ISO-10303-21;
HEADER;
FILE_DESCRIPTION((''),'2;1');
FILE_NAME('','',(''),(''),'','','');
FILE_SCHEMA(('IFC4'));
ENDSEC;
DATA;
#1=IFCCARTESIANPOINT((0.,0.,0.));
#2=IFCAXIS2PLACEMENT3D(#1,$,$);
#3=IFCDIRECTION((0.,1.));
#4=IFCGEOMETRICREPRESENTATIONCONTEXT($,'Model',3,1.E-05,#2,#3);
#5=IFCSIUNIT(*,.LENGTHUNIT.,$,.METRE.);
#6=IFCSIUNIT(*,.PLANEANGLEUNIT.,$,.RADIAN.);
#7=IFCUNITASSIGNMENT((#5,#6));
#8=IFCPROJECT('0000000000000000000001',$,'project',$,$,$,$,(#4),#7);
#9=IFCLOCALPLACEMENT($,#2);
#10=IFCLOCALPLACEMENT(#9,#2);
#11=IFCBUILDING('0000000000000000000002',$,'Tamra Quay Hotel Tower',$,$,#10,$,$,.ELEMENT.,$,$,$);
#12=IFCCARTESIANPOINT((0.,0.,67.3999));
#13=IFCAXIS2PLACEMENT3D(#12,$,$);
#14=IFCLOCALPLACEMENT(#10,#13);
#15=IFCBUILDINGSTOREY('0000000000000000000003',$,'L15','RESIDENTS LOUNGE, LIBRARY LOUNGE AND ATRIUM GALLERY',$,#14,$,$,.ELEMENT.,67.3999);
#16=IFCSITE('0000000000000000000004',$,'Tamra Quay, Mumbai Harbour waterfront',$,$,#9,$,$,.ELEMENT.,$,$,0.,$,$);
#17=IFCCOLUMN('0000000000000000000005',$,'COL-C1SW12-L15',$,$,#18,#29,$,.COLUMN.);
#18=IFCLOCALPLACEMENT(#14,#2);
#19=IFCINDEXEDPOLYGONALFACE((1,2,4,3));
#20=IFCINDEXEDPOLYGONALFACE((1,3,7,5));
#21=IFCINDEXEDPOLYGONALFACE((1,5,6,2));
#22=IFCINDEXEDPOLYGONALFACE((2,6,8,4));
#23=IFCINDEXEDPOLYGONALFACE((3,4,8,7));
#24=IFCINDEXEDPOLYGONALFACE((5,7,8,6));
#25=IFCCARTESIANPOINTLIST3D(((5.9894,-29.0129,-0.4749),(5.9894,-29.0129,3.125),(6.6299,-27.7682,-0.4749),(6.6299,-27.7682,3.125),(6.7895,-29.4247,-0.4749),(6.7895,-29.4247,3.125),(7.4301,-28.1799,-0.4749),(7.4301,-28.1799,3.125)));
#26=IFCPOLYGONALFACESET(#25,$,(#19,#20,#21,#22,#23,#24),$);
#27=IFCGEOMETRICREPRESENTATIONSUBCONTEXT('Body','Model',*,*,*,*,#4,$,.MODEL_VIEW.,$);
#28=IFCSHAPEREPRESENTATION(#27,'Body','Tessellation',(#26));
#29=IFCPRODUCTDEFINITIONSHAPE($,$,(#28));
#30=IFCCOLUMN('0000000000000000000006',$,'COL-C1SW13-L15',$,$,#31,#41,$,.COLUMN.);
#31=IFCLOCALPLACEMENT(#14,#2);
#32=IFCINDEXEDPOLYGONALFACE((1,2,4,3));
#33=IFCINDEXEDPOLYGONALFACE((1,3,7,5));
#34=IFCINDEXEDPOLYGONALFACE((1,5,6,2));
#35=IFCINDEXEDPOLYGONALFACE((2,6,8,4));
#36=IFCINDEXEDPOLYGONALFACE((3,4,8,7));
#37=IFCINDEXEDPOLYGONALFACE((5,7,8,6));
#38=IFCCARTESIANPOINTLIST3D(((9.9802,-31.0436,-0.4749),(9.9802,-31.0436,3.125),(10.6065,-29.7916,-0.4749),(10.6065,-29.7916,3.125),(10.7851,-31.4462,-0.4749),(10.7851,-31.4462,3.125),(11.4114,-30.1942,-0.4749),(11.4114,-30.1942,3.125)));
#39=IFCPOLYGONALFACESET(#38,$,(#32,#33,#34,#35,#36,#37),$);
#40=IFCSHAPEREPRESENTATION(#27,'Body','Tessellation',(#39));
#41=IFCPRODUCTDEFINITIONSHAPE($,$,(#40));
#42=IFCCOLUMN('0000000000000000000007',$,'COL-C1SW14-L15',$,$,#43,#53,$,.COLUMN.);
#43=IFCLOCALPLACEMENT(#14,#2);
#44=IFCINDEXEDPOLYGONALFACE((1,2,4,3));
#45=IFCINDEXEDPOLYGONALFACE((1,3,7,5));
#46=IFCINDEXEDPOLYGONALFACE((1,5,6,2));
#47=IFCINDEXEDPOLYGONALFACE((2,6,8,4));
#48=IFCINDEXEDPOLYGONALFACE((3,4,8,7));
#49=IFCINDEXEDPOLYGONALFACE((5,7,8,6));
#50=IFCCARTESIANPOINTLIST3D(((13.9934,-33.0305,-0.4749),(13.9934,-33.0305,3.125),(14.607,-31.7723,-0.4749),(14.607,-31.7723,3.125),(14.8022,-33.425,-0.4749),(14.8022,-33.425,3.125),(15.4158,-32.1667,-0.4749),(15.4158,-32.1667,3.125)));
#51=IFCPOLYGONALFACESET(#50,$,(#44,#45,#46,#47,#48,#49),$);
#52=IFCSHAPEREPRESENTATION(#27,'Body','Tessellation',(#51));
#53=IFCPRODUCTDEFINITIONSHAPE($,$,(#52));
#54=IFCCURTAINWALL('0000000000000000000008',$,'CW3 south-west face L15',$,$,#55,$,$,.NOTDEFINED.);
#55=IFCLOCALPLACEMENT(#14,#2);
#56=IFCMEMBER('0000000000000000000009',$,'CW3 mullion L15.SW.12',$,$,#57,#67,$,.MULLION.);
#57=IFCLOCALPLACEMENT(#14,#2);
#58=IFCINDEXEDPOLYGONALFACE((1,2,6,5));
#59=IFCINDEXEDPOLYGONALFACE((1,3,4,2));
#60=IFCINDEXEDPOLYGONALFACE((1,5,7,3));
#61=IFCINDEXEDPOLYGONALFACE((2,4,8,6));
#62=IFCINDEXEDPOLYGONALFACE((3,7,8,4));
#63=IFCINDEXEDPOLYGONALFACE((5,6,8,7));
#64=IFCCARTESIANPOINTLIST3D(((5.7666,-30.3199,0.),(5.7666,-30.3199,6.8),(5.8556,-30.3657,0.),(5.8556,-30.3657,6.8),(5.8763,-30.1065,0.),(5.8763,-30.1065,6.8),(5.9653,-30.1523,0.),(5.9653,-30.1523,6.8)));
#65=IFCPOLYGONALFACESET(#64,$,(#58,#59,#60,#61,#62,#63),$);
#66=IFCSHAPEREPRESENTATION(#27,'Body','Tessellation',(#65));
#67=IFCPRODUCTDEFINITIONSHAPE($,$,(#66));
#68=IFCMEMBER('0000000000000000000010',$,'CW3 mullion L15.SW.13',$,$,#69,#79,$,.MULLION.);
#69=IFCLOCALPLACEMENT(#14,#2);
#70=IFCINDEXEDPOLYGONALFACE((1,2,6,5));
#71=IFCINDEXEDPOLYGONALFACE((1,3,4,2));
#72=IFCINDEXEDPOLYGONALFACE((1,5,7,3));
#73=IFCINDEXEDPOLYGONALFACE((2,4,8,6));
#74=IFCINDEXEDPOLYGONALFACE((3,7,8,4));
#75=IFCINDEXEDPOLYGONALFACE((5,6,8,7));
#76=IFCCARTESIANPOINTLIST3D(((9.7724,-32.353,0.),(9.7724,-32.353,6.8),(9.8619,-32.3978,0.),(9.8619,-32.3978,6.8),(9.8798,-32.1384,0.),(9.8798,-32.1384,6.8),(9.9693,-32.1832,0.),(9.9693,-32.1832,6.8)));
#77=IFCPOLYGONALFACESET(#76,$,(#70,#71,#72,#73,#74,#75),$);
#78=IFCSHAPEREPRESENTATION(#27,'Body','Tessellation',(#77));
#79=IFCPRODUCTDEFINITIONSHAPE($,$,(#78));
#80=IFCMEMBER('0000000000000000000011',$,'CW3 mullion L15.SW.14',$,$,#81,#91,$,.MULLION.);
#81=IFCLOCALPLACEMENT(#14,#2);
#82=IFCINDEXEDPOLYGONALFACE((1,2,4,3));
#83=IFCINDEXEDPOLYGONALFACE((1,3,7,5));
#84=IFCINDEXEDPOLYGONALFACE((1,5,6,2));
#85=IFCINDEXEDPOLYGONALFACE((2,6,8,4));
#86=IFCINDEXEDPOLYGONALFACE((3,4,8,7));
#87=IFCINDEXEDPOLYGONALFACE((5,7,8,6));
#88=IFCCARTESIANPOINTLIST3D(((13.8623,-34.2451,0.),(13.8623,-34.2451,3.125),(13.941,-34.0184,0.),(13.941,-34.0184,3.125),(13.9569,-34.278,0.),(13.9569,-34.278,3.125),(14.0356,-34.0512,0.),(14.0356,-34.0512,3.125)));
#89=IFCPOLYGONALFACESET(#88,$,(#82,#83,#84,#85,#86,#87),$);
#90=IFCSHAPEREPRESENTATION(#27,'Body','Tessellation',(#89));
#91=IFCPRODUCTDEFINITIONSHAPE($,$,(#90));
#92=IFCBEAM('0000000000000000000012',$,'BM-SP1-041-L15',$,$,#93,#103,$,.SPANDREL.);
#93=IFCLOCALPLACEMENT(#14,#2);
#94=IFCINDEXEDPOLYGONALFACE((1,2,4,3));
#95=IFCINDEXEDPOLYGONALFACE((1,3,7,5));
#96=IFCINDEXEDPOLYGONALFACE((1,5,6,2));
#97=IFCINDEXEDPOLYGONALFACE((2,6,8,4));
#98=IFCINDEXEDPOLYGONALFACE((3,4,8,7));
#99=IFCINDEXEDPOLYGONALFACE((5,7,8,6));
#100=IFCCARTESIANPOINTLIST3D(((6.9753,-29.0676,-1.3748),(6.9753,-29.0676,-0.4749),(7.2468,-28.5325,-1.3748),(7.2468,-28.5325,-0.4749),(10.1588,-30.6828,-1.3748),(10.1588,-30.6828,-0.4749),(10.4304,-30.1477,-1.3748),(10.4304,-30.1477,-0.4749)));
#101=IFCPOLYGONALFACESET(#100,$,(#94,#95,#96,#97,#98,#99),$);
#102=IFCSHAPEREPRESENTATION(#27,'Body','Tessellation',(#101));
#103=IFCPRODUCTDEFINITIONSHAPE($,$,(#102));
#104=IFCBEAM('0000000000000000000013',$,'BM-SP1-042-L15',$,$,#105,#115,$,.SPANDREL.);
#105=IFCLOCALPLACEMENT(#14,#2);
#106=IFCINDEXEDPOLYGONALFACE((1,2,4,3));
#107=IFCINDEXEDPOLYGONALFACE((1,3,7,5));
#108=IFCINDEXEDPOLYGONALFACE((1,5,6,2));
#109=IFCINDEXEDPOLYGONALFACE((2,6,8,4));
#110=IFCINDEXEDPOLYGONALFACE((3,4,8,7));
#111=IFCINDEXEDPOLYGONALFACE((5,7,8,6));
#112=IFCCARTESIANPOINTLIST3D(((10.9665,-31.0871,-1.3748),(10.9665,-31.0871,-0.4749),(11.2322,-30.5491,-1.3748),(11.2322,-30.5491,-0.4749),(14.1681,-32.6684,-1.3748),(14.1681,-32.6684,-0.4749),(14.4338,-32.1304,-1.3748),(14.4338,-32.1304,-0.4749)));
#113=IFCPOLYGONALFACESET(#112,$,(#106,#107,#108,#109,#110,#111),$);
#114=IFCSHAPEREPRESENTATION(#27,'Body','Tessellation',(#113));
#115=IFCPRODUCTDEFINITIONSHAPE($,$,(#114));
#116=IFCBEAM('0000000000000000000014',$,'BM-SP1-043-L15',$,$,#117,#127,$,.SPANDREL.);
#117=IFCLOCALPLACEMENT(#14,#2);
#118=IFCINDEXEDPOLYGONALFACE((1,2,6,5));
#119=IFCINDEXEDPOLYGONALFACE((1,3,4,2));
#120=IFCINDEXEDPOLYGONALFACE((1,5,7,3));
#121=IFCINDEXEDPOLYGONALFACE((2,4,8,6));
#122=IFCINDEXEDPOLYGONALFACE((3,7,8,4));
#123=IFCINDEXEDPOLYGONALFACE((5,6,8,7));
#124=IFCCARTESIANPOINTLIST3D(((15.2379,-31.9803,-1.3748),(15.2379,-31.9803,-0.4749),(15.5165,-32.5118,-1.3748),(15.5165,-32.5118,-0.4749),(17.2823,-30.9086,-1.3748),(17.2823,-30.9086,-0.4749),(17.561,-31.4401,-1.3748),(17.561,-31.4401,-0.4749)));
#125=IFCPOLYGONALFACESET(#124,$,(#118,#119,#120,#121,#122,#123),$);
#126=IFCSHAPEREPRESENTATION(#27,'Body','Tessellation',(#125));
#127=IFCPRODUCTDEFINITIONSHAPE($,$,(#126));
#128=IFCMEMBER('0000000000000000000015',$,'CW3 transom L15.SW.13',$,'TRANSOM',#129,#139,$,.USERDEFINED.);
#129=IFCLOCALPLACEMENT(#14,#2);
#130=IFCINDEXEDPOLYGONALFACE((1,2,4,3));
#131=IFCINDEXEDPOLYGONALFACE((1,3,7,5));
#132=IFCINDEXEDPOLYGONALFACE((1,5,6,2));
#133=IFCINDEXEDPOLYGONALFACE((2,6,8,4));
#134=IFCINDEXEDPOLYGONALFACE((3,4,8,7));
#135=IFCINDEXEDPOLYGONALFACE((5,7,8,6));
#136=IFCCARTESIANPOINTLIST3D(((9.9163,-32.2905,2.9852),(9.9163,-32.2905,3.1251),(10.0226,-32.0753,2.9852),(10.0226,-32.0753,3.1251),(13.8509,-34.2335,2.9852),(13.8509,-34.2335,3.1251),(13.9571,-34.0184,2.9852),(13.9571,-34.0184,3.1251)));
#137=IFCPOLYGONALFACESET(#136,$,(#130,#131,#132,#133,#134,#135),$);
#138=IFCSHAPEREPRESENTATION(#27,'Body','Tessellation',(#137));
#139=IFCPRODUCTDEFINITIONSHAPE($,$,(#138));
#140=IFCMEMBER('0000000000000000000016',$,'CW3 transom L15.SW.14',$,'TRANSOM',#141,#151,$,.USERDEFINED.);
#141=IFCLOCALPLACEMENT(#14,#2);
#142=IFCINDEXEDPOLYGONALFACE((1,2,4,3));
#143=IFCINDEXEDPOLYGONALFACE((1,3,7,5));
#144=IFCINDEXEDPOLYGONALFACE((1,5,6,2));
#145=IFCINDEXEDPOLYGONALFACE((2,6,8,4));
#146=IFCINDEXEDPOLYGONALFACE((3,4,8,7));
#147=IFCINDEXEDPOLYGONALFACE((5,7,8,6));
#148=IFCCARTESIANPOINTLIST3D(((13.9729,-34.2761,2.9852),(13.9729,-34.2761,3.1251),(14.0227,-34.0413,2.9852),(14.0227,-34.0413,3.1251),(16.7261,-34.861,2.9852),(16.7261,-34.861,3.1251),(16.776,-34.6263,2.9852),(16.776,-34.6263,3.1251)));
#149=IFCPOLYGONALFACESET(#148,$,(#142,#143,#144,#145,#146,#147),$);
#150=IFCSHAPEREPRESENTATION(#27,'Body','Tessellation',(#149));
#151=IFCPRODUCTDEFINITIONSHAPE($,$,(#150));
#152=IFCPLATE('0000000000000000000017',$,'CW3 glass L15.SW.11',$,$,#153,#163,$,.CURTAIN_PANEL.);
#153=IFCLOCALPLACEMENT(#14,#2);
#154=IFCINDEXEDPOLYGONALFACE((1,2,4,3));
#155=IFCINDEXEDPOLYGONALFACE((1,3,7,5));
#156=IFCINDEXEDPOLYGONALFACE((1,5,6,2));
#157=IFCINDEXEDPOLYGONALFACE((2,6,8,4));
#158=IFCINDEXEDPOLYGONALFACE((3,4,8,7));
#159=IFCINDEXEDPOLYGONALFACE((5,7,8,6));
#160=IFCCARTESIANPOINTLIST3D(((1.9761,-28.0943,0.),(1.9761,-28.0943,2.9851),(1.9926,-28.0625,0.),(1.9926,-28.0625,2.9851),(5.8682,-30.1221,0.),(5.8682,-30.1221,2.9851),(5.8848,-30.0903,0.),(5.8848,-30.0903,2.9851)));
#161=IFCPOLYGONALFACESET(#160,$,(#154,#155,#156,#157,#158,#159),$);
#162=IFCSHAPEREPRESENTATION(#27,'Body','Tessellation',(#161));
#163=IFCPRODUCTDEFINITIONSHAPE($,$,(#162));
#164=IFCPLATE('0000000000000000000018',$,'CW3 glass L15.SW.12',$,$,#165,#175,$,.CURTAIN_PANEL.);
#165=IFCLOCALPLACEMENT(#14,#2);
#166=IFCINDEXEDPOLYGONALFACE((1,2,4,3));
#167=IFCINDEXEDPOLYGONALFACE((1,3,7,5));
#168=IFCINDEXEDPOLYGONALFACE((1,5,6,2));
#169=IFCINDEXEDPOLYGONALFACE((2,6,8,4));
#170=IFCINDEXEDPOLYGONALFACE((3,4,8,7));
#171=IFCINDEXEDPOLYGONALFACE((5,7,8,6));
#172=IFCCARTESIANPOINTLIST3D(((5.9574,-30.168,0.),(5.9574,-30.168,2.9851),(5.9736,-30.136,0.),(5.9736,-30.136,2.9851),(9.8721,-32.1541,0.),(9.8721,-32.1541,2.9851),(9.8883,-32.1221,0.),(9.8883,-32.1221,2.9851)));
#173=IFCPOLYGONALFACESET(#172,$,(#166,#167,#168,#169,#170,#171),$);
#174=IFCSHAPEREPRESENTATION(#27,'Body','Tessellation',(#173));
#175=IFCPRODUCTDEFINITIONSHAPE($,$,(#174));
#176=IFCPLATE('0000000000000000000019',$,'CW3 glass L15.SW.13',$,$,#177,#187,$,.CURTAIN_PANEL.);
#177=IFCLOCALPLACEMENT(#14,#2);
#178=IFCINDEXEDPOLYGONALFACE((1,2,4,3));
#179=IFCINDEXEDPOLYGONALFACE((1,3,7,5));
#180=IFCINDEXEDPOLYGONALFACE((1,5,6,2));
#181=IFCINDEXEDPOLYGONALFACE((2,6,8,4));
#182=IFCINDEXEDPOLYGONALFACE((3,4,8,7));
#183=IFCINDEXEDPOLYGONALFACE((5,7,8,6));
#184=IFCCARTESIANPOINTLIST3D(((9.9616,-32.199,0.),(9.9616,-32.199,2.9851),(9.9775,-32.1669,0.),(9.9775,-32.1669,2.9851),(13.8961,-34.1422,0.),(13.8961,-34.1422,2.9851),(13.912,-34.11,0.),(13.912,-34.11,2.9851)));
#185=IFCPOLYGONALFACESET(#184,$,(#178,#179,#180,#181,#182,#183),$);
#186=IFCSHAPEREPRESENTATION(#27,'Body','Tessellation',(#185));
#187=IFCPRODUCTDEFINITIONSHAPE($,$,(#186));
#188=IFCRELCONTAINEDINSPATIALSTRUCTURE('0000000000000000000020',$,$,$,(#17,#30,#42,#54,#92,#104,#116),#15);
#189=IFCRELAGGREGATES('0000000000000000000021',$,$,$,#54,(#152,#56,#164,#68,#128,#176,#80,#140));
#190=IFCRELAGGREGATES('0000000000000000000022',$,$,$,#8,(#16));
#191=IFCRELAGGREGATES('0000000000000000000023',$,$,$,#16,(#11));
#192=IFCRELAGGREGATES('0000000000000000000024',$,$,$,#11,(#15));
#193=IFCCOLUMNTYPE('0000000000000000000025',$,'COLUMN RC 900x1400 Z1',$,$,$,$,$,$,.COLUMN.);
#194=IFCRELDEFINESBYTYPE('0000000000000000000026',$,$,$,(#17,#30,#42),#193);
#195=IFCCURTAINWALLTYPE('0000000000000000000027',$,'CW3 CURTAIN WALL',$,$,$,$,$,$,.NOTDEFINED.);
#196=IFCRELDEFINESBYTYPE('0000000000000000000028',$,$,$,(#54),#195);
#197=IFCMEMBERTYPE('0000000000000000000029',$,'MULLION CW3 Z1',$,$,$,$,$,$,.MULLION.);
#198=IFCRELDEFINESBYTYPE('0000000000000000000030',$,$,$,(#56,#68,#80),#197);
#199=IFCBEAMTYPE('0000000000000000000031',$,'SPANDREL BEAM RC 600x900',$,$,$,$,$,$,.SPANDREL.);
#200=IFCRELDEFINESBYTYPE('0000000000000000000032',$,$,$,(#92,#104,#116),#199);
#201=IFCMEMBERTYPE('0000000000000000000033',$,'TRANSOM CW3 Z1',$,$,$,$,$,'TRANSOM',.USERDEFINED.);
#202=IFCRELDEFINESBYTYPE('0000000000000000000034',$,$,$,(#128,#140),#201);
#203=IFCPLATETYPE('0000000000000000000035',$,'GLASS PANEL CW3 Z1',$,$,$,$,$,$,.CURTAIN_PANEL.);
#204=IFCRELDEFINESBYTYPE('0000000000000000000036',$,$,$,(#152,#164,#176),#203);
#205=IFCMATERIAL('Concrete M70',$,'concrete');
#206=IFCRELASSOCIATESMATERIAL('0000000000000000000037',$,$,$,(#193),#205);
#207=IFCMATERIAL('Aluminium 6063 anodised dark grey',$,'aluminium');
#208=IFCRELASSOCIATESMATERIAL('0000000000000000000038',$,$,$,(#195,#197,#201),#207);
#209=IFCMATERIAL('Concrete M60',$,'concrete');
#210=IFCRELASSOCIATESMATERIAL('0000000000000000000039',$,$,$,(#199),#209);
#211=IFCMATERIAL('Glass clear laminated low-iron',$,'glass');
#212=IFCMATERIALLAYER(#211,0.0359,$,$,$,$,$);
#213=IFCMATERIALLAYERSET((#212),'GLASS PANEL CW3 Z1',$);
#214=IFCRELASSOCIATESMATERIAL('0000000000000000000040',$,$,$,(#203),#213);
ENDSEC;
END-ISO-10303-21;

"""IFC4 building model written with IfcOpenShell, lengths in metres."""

from ifc_helpers import new_model, si_unit, direction, frame, origin, origin_2d, place, context, subcontext, project, spatial, rectangle, extrude, material, layer, layer_set, material_profile, profile_set, type_object, element, aggregate, save


model = new_model("IFC4")

# Units and contexts
model_context = context("Model", 3, precision=1e-05, world=origin(), true_north=direction((0.0, 1.0)))
body_context = subcontext(model_context, "Body", "Model", "MODEL_VIEW")
ifc_project = project(units=[si_unit("LENGTHUNIT", "METRE"), si_unit("PLANEANGLEUNIT", "RADIAN")], contexts=[model_context])

# Site, building, storey
site_placement = place(None, origin())
site = spatial("IfcSite", under=ifc_project, at=site_placement, Name="Tamra Quay, Mumbai Harbour waterfront", CompositionType="ELEMENT", RefElevation=0.0)
building_placement = place(site_placement, origin())
building = spatial("IfcBuilding", under=site, at=building_placement, Name="Tamra Quay Hotel Tower", CompositionType="ELEMENT")
storey_placement = place(building_placement, frame((0.0, 0.0, 67.3999)))
storey = spatial("IfcBuildingStorey", under=building, at=storey_placement, Name="L15", Description="RESIDENTS LOUNGE, LIBRARY LOUNGE AND ATRIUM GALLERY", CompositionType="ELEMENT", Elevation=67.3999)

# Columns
ifc_material_1 = material(Name="Concrete M70", Category="concrete")
ifc_material_profile_1 = material_profile(ifc_material_1, rectangle(XDim=1.3999, YDim=0.8999, at=origin_2d()), Name="COLUMN RC 900x1400 Z1")
ifc_profile_set_1 = profile_set([ifc_material_profile_1], Name="Concrete M70")
column_type = type_object("IfcColumnType", Name="COLUMN RC 900x1400 Z1", PredefinedType="COLUMN", material=ifc_profile_set_1)
for number, where, z_axis, x_axis, name in (
    (1, (6.7097, -28.5964, -0.4749), (0.0, 0.0, 1.0), (0.457548, 0.889185, 0.0), "COL-C1SW12-L15"),
    (2, (10.6958, -30.6189, -0.4749), (0.0, 0.0, 1.0), (0.447377, 0.894346, 0.0), "COL-C1SW13-L15"),
    (3, (14.7046, -32.5986, -0.4749), (0.0, 0.0, 1.0), (0.438341, 0.898809, 0.0), "COL-C1SW14-L15"),
):
    element("IfcColumn", number, at=place(storey_placement, frame(where, z_axis=z_axis, x_axis=x_axis)), inside=storey, type_object=column_type, Name=name, PredefinedType="COLUMN", context=body_context, shape_type="SweptSolid", body=[
        extrude(rectangle(XDim=1.3999, YDim=0.8999, at=origin_2d()), origin(), (0.0, 0.0, 1.0), 3.5999),
    ])

# Curtain wall, members
ifc_material_2 = material(Name="Aluminium 6063 anodised dark grey", Category="aluminium")
curtain_wall_type = type_object("IfcCurtainWallType", Name="CW3 CURTAIN WALL", PredefinedType="NOTDEFINED", material=ifc_material_2)
curtain_wall_placement = place(storey_placement, origin())
curtain_wall = element("IfcCurtainWall", 4, at=curtain_wall_placement, inside=storey, type_object=curtain_wall_type, Name="CW3 south-west face L15", PredefinedType="NOTDEFINED")
ifc_material_profile_2 = material_profile(ifc_material_2, rectangle(XDim=0.24, YDim=0.1001, at=origin_2d()), Name="MULLION 100X240")
ifc_profile_set_2 = profile_set([ifc_material_profile_2], Name="Aluminium 6063 anodised dark grey")
member_type_1 = type_object("IfcMemberType", Name="MULLION CW3 Z1", PredefinedType="MULLION", material=ifc_profile_set_2)
member_1_placement = place(storey_placement, frame((5.866, -30.2361, 0.0), z_axis=(0.0, 0.0, 1.0), x_axis=(-0.457254, -0.889336, 0.0)))
member_1 = element("IfcMember", 5, at=member_1_placement, type_object=member_type_1, Name="CW3 mullion L15.SW.12", PredefinedType="MULLION", context=body_context, shape_type="SweptSolid", body=[
    extrude(rectangle(XDim=0.24, YDim=0.1001, at=origin_2d()), origin(), (0.0, 0.0, 1.0), 6.8),
])
member_2_placement = place(storey_placement, frame((9.8708, -32.2681, 0.0), z_axis=(0.0, 0.0, 1.0), x_axis=(-0.447641, -0.894214, 0.0)))
member_2 = element("IfcMember", 6, at=member_2_placement, type_object=member_type_1, Name="CW3 mullion L15.SW.13", PredefinedType="MULLION", context=body_context, shape_type="SweptSolid", body=[
    extrude(rectangle(XDim=0.24, YDim=0.1001, at=origin_2d()), origin(), (0.0, 0.0, 1.0), 6.8),
])
member_3_placement = place(storey_placement, frame((13.949, -34.1482, 0.0), z_axis=(0.0, 0.0, 1.0), x_axis=(-0.327898, -0.944713, 0.0)))
member_3 = element("IfcMember", 7, at=member_3_placement, type_object=member_type_1, Name="CW3 mullion L15.SW.14", PredefinedType="MULLION", context=body_context, shape_type="SweptSolid", body=[
    extrude(rectangle(XDim=0.24, YDim=0.1001, at=origin_2d()), origin(), (0.0, 0.0, 1.0), 3.125),
])

# Beams
ifc_material_3 = material(Name="Concrete M60", Category="concrete")
ifc_material_profile_3 = material_profile(ifc_material_3, rectangle(XDim=0.6001, YDim=0.8999, at=origin_2d()), Name="SPANDREL BEAM RC 600x900")
ifc_profile_set_3 = profile_set([ifc_material_profile_3], Name="Concrete M60")
beam_type = type_object("IfcBeamType", Name="SPANDREL BEAM RC 600x900", PredefinedType="SPANDREL", material=ifc_profile_set_3)
beam_1_placement = place(storey_placement, frame((7.1111, -28.8, -0.9248), z_axis=(0.891786, -0.452458, 0.0), x_axis=(0.452458, 0.891786, 0.0)))
element("IfcBeam", 8, at=beam_1_placement, inside=storey, type_object=beam_type, Name="BM-SP1-041-L15", PredefinedType="SPANDREL", context=body_context, shape_type="SweptSolid", body=[
    extrude(rectangle(XDim=0.6001, YDim=0.8999, at=origin_2d()), origin(), (0.0, 0.0, 1.0), 3.5698),
])
beam_2_placement = place(storey_placement, frame((11.0994, -30.8181, -0.9248), z_axis=(0.896604, -0.442833, 0.0), x_axis=(0.442833, 0.896604, 0.0)))
element("IfcBeam", 9, at=beam_2_placement, inside=storey, type_object=beam_type, Name="BM-SP1-042-L15", PredefinedType="SPANDREL", context=body_context, shape_type="SweptSolid", body=[
    extrude(rectangle(XDim=0.6001, YDim=0.8999, at=origin_2d()), origin(), (0.0, 0.0, 1.0), 3.5708),
])
beam_3_placement = place(storey_placement, frame((15.3772, -32.2461, -0.9248), z_axis=(0.885674, 0.464307, 0.0), x_axis=(-0.464307, 0.885674, 0.0)))
element("IfcBeam", 10, at=beam_3_placement, inside=storey, type_object=beam_type, Name="BM-SP1-043-L15", PredefinedType="SPANDREL", context=body_context, shape_type="SweptSolid", body=[
    extrude(rectangle(XDim=0.6001, YDim=0.8999, at=origin_2d()), origin(), (0.0, 0.0, 1.0), 2.3083),
])

# Members
ifc_material_profile_4 = material_profile(ifc_material_2, rectangle(XDim=0.24, YDim=0.1399, at=origin_2d()), Name="TRANSOM 240X140")
ifc_profile_set_4 = profile_set([ifc_material_profile_4], Name="Aluminium 6063 anodised dark grey")
member_type_2 = type_object("IfcMemberType", Name="TRANSOM CW3 Z1", ElementType="TRANSOM", PredefinedType="USERDEFINED", material=ifc_profile_set_4)
member_4_placement = place(storey_placement, frame((9.9695, -32.1829, 3.0552), z_axis=(0.896619, -0.442802, 0.0), x_axis=(0.442802, 0.896619, 0.0)))
member_4 = element("IfcMember", 11, at=member_4_placement, type_object=member_type_2, Name="CW3 transom L15.SW.13", ObjectType="TRANSOM", PredefinedType="USERDEFINED", context=body_context, shape_type="SweptSolid", body=[
    extrude(rectangle(XDim=0.24, YDim=0.1399, at=origin_2d()), origin(), (0.0, 0.0, 1.0), 4.3882),
])
member_5_placement = place(storey_placement, frame((13.9978, -34.1587, 3.0552), z_axis=(0.978165, -0.207829, 0.0), x_axis=(0.207829, 0.978165, 0.0)))
member_5 = element("IfcMember", 12, at=member_5_placement, type_object=member_type_2, Name="CW3 transom L15.SW.14", ObjectType="TRANSOM", PredefinedType="USERDEFINED", context=body_context, shape_type="SweptSolid", body=[
    extrude(rectangle(XDim=0.24, YDim=0.1399, at=origin_2d()), origin(), (0.0, 0.0, 1.0), 2.8147),
])

# Plates
ifc_material_4 = material(Name="Glass clear laminated low-iron", Category="glass")
ifc_layer_1 = layer(ifc_material_4, 0.0359)
ifc_layer_set_1 = layer_set([ifc_layer_1], Name="GLASS PANEL CW3 Z1")
plate_type = type_object("IfcPlateType", Name="GLASS PANEL CW3 Z1", PredefinedType="CURTAIN_PANEL", material=ifc_layer_set_1)
plate_1_placement = place(storey_placement, frame((3.9304, -29.0923, 0.0), z_axis=(0.0, 0.0, 1.0), x_axis=(0.886857, -0.462045, 0.0)))
plate_1 = element("IfcPlate", 13, at=plate_1_placement, type_object=plate_type, Name="CW3 glass L15.SW.11", PredefinedType="CURTAIN_PANEL", context=body_context, shape_type="SweptSolid", body=[
    extrude(rectangle(XDim=4.3887, YDim=0.0359, at=origin_2d()), origin(), (0.0, 0.0, 1.0), 2.9851),
])
plate_2_placement = place(storey_placement, frame((7.9229, -31.145, 0.0), z_axis=(0.0, 0.0, 1.0), x_axis=(0.89179, -0.45245, 0.0)))
plate_2 = element("IfcPlate", 14, at=plate_2_placement, type_object=plate_type, Name="CW3 glass L15.SW.12", PredefinedType="CURTAIN_PANEL", context=body_context, shape_type="SweptSolid", body=[
    extrude(rectangle(XDim=4.3896, YDim=0.0359, at=origin_2d()), origin(), (0.0, 0.0, 1.0), 2.9851),
])
plate_3_placement = place(storey_placement, frame((11.9368, -33.1545, 0.0), z_axis=(0.0, 0.0, 1.0), x_axis=(0.896611, -0.442819, 0.0)))
plate_3 = element("IfcPlate", 15, at=plate_3_placement, type_object=plate_type, Name="CW3 glass L15.SW.13", PredefinedType="CURTAIN_PANEL", context=body_context, shape_type="SweptSolid", body=[
    extrude(rectangle(XDim=4.3882, YDim=0.0359, at=origin_2d()), origin(), (0.0, 0.0, 1.0), 2.9851),
])
aggregate(curtain_wall, [plate_1, member_1, plate_2, member_2, member_4, plate_3, member_3, member_5])

save(model, "model.ifc")
